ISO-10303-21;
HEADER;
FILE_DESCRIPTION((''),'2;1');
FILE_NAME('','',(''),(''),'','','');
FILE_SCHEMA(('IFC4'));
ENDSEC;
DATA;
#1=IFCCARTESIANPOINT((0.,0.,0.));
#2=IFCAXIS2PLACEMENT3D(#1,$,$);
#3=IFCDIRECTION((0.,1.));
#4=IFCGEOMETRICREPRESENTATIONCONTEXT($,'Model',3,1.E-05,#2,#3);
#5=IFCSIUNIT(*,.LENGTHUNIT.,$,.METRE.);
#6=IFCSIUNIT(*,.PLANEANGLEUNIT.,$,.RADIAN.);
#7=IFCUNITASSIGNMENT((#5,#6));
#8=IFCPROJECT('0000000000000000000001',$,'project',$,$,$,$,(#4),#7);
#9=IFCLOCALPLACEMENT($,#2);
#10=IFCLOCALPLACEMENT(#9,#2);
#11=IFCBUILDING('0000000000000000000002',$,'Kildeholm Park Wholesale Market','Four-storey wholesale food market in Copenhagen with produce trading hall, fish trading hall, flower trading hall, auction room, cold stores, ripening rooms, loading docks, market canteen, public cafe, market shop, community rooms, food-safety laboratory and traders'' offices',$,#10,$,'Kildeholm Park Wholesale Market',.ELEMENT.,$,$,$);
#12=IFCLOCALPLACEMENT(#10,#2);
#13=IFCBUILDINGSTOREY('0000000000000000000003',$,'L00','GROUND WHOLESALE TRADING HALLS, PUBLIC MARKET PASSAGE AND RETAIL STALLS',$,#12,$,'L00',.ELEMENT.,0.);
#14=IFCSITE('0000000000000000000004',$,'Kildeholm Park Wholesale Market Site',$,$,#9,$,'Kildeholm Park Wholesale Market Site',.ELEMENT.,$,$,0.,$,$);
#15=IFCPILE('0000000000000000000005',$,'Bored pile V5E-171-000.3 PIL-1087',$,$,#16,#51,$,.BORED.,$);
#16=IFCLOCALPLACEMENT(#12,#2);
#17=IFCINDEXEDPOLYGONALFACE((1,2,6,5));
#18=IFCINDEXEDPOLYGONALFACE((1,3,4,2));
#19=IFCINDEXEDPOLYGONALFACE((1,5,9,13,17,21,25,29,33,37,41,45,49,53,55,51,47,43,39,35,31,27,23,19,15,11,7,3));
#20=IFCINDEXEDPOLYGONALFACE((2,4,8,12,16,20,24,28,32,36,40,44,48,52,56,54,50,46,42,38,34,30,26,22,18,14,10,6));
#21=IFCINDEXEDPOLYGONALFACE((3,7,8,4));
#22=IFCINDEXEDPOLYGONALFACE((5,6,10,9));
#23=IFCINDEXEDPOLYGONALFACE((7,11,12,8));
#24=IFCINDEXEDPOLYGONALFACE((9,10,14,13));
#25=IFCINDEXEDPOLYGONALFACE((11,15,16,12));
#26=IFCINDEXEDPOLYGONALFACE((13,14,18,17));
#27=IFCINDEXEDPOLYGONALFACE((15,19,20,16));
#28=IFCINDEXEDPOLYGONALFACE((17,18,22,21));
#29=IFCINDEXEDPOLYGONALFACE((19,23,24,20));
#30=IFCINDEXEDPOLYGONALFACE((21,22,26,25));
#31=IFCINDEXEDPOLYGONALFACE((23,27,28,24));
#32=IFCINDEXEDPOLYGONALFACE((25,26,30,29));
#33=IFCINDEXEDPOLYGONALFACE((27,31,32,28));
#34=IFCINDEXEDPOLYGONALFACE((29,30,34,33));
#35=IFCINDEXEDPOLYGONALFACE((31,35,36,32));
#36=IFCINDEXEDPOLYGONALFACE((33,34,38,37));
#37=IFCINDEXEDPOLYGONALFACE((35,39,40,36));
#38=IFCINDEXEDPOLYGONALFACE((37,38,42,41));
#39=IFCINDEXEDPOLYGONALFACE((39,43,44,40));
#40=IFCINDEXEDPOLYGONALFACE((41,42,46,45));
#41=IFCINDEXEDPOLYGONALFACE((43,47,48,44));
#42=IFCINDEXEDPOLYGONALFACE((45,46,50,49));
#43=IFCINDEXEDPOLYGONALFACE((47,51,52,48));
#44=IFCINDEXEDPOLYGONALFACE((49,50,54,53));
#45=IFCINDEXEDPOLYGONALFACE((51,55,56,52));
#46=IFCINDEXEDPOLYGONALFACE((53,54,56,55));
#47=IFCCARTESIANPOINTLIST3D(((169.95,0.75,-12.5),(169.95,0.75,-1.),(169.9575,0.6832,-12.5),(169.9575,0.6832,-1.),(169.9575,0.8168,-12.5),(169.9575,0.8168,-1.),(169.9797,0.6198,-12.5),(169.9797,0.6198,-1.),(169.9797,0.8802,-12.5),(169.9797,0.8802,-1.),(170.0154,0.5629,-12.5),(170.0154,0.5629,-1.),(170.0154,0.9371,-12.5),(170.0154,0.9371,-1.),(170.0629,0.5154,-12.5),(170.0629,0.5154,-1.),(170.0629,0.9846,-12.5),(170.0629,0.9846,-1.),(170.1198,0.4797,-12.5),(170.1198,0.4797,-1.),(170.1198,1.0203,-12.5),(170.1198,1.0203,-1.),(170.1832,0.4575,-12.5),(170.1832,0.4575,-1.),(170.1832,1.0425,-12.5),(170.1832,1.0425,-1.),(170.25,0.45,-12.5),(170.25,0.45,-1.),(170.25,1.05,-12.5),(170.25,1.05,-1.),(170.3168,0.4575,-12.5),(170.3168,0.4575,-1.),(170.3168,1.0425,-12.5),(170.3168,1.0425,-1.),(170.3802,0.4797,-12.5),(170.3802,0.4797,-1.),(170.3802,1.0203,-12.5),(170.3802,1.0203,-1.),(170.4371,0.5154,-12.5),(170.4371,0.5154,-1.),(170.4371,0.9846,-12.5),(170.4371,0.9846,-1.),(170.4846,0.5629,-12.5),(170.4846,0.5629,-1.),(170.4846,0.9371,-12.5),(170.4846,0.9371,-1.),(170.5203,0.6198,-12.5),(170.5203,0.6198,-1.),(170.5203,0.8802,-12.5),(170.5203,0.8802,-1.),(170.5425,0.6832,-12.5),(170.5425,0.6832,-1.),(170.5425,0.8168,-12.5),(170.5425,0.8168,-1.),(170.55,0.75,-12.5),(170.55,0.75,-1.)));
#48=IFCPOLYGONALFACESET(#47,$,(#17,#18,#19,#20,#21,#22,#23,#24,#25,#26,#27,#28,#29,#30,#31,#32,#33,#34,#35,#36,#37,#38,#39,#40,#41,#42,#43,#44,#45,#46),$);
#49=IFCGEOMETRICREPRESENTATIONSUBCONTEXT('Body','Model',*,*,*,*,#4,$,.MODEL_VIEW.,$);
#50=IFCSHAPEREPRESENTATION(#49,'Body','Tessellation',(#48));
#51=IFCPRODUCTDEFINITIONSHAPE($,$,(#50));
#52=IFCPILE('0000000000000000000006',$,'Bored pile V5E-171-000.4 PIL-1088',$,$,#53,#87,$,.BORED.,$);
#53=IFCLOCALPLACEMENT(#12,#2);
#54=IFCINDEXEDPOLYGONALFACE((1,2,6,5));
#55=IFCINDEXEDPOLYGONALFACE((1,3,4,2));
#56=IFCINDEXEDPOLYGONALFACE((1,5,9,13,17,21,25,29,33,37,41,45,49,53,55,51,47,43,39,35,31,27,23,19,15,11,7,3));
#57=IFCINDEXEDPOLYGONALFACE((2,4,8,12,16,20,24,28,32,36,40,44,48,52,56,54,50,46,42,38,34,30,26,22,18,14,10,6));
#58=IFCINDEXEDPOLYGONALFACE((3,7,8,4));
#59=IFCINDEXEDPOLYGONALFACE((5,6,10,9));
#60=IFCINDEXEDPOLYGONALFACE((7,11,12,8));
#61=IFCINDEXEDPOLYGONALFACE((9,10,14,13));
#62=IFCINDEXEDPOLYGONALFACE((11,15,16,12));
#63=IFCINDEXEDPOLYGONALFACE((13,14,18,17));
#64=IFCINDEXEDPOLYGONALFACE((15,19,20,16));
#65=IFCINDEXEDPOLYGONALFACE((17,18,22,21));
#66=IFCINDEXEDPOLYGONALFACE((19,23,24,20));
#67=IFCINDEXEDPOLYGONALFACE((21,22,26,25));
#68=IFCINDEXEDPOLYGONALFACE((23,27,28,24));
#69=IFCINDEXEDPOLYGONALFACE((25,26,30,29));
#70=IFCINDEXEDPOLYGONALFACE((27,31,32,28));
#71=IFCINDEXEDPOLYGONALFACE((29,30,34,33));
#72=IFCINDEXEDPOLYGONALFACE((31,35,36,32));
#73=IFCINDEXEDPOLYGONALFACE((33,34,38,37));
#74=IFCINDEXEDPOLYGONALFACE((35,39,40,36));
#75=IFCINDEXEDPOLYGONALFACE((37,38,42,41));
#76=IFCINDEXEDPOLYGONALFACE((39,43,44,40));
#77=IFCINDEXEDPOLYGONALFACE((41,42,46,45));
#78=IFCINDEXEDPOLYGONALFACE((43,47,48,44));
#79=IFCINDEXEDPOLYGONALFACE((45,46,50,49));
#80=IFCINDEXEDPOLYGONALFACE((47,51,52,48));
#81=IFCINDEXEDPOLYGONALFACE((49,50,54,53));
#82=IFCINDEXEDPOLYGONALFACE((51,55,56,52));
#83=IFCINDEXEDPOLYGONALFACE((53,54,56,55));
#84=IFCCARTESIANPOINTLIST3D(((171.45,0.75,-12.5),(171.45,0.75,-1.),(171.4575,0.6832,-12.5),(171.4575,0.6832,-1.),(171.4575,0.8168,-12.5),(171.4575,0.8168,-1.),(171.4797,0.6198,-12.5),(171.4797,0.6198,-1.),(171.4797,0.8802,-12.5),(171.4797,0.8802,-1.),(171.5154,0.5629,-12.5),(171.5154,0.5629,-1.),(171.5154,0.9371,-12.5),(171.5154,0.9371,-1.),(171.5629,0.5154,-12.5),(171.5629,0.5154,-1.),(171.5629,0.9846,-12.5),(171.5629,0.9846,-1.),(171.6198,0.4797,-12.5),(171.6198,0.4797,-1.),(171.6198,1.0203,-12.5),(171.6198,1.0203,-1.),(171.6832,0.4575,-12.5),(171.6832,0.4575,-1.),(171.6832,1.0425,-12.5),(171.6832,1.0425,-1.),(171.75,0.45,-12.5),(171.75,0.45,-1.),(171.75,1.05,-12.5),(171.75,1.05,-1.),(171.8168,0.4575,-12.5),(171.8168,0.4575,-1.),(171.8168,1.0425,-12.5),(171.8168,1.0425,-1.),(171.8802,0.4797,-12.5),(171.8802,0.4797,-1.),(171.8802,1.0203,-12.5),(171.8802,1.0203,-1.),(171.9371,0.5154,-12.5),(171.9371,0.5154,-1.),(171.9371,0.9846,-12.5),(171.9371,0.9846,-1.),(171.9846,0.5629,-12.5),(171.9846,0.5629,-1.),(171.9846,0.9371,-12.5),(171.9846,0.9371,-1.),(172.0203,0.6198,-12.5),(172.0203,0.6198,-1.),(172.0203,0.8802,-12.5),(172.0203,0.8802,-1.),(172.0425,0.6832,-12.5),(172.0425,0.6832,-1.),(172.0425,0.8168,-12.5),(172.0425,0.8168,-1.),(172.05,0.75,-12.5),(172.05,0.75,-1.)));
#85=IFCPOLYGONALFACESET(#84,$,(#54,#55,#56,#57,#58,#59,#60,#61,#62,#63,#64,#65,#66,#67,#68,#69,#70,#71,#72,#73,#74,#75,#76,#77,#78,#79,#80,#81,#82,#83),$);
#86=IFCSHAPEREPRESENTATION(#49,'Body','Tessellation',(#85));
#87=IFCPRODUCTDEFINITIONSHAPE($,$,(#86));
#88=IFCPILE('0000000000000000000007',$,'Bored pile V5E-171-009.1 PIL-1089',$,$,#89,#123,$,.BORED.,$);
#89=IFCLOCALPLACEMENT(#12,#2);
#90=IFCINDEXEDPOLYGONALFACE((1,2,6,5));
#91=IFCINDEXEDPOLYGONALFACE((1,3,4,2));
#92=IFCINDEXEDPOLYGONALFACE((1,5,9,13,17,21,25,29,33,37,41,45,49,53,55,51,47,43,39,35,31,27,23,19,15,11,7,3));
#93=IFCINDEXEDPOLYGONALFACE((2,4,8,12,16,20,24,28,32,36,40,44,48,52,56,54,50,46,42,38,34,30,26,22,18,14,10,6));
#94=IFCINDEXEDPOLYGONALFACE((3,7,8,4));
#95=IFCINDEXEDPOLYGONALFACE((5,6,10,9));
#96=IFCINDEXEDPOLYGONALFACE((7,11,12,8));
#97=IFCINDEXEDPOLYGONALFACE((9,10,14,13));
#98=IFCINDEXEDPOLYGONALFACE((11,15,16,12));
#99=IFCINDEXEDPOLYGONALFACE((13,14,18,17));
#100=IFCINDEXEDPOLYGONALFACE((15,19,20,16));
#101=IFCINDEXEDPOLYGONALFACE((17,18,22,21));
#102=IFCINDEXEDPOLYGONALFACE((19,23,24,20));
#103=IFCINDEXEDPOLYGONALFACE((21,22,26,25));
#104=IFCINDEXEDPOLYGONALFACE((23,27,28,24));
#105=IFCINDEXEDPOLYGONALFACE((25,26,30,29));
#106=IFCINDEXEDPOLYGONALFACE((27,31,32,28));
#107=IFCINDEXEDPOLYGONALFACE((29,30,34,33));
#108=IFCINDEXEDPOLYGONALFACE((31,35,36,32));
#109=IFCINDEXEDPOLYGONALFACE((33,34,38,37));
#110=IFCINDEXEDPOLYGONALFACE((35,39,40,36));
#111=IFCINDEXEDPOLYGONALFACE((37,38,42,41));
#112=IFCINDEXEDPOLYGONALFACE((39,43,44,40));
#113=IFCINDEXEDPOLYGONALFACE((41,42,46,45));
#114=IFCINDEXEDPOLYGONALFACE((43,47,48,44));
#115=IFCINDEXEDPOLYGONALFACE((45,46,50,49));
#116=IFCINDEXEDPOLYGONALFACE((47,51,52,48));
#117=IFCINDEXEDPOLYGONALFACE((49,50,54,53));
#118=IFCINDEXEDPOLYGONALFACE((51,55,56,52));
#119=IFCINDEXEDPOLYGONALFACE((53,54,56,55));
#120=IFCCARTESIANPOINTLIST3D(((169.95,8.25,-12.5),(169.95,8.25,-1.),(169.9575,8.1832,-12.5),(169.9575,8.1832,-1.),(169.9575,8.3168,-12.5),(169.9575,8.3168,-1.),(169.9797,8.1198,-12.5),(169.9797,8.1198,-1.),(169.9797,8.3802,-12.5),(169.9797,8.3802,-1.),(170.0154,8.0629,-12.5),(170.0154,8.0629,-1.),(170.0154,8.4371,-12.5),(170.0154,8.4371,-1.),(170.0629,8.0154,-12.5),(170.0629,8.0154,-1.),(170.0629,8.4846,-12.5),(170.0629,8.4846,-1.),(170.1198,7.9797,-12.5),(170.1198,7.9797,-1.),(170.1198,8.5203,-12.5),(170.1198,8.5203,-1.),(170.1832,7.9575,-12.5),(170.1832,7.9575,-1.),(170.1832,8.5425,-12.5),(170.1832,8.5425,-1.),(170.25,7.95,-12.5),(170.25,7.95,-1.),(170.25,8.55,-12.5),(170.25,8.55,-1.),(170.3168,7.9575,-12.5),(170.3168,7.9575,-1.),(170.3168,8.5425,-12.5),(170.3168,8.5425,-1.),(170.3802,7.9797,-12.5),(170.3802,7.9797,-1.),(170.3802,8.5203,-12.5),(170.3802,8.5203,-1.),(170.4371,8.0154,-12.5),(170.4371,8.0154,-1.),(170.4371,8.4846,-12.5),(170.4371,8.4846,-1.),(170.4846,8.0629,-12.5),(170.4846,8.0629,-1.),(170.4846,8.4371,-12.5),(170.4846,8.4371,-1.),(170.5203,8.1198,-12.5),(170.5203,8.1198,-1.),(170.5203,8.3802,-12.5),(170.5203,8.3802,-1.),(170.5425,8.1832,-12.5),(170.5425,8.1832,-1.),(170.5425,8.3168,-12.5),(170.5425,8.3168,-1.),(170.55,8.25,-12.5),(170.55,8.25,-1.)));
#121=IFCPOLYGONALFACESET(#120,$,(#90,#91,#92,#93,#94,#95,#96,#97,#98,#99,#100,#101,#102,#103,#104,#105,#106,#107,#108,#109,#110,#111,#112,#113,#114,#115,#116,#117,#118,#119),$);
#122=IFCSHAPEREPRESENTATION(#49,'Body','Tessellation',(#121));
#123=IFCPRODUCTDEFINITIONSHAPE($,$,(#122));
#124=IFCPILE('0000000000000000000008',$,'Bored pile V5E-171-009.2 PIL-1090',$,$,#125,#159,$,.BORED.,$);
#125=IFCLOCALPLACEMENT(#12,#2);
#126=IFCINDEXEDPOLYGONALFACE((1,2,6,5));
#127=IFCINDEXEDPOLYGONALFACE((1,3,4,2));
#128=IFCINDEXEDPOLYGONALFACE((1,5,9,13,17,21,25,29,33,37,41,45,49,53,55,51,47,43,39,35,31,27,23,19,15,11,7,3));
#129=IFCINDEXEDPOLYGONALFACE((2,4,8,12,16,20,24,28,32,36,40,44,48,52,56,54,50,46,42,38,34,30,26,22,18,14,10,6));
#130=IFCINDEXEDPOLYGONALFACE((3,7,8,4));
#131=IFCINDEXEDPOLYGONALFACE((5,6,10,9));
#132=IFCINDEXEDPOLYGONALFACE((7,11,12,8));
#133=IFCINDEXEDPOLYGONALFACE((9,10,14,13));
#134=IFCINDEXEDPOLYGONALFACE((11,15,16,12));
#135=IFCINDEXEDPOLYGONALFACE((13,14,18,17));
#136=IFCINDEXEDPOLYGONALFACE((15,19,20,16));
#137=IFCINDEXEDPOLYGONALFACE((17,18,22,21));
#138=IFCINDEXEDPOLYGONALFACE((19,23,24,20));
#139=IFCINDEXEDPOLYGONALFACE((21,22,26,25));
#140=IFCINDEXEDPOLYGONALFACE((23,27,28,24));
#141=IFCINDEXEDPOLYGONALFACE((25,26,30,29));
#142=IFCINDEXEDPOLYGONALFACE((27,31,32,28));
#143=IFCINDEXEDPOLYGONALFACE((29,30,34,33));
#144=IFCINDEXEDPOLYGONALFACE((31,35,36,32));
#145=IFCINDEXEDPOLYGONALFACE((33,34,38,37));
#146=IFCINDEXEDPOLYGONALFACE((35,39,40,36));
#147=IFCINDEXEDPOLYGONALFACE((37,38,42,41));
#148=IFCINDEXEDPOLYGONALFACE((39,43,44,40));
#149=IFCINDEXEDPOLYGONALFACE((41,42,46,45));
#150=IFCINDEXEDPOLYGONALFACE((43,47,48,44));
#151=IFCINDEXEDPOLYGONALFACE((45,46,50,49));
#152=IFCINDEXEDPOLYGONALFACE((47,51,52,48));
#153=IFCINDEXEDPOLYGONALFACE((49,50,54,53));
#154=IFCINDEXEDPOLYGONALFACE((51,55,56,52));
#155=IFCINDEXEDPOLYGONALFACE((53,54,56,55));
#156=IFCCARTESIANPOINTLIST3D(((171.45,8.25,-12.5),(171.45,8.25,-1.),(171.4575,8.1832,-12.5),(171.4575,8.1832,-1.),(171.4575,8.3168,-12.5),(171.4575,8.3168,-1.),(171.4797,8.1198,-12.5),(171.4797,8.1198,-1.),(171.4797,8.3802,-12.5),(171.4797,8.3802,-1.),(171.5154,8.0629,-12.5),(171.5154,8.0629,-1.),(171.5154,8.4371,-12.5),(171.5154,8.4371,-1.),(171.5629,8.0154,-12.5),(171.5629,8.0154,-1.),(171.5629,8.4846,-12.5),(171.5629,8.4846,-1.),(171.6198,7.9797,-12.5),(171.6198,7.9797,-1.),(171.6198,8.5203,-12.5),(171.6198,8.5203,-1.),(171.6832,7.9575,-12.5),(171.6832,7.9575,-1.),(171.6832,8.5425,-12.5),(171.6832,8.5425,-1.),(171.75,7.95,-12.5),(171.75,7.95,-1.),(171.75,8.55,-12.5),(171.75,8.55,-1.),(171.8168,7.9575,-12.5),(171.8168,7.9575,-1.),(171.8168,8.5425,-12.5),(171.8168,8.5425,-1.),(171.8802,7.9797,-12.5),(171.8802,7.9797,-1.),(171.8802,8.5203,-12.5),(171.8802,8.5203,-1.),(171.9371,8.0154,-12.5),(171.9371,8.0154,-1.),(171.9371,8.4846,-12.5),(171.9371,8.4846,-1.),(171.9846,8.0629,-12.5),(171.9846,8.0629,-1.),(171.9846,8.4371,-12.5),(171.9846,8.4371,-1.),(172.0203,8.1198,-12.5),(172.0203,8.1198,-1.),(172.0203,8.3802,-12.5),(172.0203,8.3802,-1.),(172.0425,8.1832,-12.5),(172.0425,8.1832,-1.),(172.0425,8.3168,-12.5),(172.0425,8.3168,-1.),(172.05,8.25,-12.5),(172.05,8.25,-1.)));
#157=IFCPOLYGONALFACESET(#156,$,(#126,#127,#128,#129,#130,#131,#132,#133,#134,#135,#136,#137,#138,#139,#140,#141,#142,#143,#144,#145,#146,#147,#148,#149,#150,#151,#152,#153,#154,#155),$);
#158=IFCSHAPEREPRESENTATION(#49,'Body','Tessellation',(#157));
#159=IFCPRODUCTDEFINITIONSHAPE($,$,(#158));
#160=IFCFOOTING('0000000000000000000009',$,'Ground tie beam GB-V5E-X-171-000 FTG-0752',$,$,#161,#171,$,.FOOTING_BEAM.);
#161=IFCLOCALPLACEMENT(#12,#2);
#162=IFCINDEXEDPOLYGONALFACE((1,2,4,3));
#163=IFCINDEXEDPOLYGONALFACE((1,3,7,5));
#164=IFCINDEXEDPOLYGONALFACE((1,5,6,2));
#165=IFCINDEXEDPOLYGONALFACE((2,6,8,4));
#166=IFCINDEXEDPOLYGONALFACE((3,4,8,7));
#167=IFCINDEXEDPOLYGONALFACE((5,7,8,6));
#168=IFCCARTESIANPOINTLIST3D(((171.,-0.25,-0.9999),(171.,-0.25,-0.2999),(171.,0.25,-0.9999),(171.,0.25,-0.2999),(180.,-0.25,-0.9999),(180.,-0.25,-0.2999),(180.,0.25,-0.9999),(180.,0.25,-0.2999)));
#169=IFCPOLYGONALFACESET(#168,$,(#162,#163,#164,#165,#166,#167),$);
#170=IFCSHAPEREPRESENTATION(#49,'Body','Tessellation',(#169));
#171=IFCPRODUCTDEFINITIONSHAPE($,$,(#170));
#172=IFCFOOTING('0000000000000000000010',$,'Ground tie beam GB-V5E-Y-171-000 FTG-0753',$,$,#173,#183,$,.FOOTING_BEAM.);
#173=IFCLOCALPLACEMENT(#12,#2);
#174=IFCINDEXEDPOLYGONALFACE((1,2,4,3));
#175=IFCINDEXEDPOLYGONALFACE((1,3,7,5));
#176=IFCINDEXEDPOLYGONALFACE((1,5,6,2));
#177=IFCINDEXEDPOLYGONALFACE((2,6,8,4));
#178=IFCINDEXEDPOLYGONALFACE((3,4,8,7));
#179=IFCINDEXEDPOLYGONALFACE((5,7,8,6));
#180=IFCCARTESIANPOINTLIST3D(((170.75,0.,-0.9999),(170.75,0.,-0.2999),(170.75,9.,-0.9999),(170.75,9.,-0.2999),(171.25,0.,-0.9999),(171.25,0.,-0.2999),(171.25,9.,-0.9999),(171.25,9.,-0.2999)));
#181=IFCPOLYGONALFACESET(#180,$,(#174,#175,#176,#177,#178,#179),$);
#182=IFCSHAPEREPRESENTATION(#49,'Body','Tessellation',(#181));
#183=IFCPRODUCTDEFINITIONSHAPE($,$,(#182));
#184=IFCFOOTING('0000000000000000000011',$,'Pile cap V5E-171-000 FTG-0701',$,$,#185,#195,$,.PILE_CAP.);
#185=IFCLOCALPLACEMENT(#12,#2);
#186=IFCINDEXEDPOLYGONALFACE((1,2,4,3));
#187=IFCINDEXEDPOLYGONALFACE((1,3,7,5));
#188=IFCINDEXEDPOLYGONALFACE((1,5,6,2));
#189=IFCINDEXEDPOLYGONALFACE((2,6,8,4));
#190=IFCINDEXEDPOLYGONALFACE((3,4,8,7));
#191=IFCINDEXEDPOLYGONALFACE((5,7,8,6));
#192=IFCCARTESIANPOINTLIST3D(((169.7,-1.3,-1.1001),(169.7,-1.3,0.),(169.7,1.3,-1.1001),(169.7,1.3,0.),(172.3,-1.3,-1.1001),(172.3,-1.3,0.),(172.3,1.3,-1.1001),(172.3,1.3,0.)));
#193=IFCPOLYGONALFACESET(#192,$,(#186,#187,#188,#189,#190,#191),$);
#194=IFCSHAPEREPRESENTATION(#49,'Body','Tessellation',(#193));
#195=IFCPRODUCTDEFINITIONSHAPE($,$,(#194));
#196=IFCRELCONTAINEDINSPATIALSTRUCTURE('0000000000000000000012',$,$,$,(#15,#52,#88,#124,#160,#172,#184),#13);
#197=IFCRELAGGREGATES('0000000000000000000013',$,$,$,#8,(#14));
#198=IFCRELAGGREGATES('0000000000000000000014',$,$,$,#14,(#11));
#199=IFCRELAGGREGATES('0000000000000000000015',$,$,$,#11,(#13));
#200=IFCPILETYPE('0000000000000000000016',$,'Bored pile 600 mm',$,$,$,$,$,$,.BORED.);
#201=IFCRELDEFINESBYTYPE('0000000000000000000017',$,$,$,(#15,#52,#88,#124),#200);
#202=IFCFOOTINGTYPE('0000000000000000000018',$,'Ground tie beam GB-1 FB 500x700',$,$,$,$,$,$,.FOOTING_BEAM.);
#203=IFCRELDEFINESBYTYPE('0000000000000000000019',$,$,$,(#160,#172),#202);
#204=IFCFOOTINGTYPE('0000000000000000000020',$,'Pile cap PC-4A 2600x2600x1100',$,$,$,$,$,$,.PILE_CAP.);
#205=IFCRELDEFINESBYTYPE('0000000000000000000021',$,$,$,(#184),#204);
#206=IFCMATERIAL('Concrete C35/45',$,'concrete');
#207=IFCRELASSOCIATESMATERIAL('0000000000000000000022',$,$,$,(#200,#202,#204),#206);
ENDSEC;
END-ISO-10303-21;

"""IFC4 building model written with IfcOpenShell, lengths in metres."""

from ifc_helpers import new_model, si_unit, direction, frame, origin, origin_2d, place, context, subcontext, project, spatial, rectangle, circle, extrude, material, material_profile, profile_set, type_object, element, save


model = new_model("IFC4")

# Units and contexts
model_context = context("Model", 3, precision=1e-05, world=origin(), true_north=direction((0.0, 1.0)))
body_context = subcontext(model_context, "Body", "Model", "MODEL_VIEW")
ifc_project = project(units=[si_unit("LENGTHUNIT", "METRE"), si_unit("PLANEANGLEUNIT", "RADIAN")], contexts=[model_context])

# Site, building, storey
site_placement = place(None, origin())
site = spatial("IfcSite", under=ifc_project, at=site_placement, Name="Kildeholm Park Wholesale Market Site", LongName="Kildeholm Park Wholesale Market Site", CompositionType="ELEMENT", RefElevation=0.0)
building_placement = place(site_placement, origin())
building = spatial("IfcBuilding", under=site, at=building_placement, Name="Kildeholm Park Wholesale Market", Description="Four-storey wholesale food market in Copenhagen with produce trading hall, fish trading hall, flower trading hall, auction room, cold stores, ripening rooms, loading docks, market canteen, public cafe, market shop, community rooms, food-safety laboratory and traders' offices", LongName="Kildeholm Park Wholesale Market", CompositionType="ELEMENT")
storey_placement = place(building_placement, origin())
storey = spatial("IfcBuildingStorey", under=building, at=storey_placement, Name="L00", Description="GROUND WHOLESALE TRADING HALLS, PUBLIC MARKET PASSAGE AND RETAIL STALLS", LongName="L00", CompositionType="ELEMENT", Elevation=0.0)

# Piles
ifc_material_1 = material(Name="Concrete C35/45", Category="concrete")
ifc_material_profile_1 = material_profile(ifc_material_1, circle(Radius=0.3, at=origin_2d()), Name="PILE D600")
ifc_profile_set_1 = profile_set([ifc_material_profile_1], Name="Concrete C35/45")
pile_type = type_object("IfcPileType", Name="Bored pile 600 mm", PredefinedType="BORED", material=ifc_profile_set_1)
for number, where, z_axis, x_axis, name in (
    (1, (170.25, 0.75, -1.0), (0.0, 0.0, -1.0), (1.0, 0.0, 0.0), "Bored pile V5E-171-000.3 PIL-1087"),
    (2, (171.75, 0.75, -1.0), (0.0, 0.0, -1.0), (1.0, 0.0, 0.0), "Bored pile V5E-171-000.4 PIL-1088"),
    (3, (170.25, 8.25, -1.0), (0.0, 0.0, -1.0), (1.0, 0.0, 0.0), "Bored pile V5E-171-009.1 PIL-1089"),
    (4, (171.75, 8.25, -1.0), (0.0, 0.0, -1.0), (1.0, 0.0, 0.0), "Bored pile V5E-171-009.2 PIL-1090"),
):
    element("IfcPile", number, at=place(storey_placement, frame(where, z_axis=z_axis, x_axis=x_axis)), inside=storey, type_object=pile_type, Name=name, PredefinedType="BORED", context=body_context, shape_type="SweptSolid", body=[
        extrude(circle(Radius=0.3, at=origin_2d()), origin(), (0.0, 0.0, 1.0), 11.5),
    ])

# Footings
ifc_material_profile_2 = material_profile(ifc_material_1, rectangle(XDim=0.5, YDim=0.7, at=origin_2d()), Name="FB 500x700")
ifc_profile_set_2 = profile_set([ifc_material_profile_2], Name="Concrete C35/45")
footing_type_1 = type_object("IfcFootingType", Name="Ground tie beam GB-1 FB 500x700", PredefinedType="FOOTING_BEAM", material=ifc_profile_set_2)
for number, where, z_axis, x_axis, name in (
    (5, (171.0, 0.0, -0.6499), (1.0, 0.0, 0.0), (0.0, 1.0, 0.0), "Ground tie beam GB-V5E-X-171-000 FTG-0752"),
    (6, (171.0, 0.0, -0.6499), (0.0, 1.0, 0.0), (-1.0, 0.0, 0.0), "Ground tie beam GB-V5E-Y-171-000 FTG-0753"),
):
    element("IfcFooting", number, at=place(storey_placement, frame(where, z_axis=z_axis, x_axis=x_axis)), inside=storey, type_object=footing_type_1, Name=name, PredefinedType="FOOTING_BEAM", context=body_context, shape_type="SweptSolid", body=[
        extrude(rectangle(XDim=0.5, YDim=0.7, at=origin_2d()), origin(), (0.0, 0.0, 1.0), 9.0),
    ])
footing_type_2 = type_object("IfcFootingType", Name="Pile cap PC-4A 2600x2600x1100", PredefinedType="PILE_CAP", material=ifc_material_1)
footing_placement = place(storey_placement, frame((171.0, 0.0, -1.1001), z_axis=(0.0, 0.0, 1.0), x_axis=(1.0, 0.0, 0.0)))
element("IfcFooting", 7, at=footing_placement, inside=storey, type_object=footing_type_2, Name="Pile cap V5E-171-000 FTG-0701", PredefinedType="PILE_CAP", context=body_context, shape_type="SweptSolid", body=[
    extrude(rectangle(XDim=2.6001, YDim=2.6001, at=origin_2d()), origin(), (0.0, 0.0, 1.0), 1.1001),
])

save(model, "model.ifc")
